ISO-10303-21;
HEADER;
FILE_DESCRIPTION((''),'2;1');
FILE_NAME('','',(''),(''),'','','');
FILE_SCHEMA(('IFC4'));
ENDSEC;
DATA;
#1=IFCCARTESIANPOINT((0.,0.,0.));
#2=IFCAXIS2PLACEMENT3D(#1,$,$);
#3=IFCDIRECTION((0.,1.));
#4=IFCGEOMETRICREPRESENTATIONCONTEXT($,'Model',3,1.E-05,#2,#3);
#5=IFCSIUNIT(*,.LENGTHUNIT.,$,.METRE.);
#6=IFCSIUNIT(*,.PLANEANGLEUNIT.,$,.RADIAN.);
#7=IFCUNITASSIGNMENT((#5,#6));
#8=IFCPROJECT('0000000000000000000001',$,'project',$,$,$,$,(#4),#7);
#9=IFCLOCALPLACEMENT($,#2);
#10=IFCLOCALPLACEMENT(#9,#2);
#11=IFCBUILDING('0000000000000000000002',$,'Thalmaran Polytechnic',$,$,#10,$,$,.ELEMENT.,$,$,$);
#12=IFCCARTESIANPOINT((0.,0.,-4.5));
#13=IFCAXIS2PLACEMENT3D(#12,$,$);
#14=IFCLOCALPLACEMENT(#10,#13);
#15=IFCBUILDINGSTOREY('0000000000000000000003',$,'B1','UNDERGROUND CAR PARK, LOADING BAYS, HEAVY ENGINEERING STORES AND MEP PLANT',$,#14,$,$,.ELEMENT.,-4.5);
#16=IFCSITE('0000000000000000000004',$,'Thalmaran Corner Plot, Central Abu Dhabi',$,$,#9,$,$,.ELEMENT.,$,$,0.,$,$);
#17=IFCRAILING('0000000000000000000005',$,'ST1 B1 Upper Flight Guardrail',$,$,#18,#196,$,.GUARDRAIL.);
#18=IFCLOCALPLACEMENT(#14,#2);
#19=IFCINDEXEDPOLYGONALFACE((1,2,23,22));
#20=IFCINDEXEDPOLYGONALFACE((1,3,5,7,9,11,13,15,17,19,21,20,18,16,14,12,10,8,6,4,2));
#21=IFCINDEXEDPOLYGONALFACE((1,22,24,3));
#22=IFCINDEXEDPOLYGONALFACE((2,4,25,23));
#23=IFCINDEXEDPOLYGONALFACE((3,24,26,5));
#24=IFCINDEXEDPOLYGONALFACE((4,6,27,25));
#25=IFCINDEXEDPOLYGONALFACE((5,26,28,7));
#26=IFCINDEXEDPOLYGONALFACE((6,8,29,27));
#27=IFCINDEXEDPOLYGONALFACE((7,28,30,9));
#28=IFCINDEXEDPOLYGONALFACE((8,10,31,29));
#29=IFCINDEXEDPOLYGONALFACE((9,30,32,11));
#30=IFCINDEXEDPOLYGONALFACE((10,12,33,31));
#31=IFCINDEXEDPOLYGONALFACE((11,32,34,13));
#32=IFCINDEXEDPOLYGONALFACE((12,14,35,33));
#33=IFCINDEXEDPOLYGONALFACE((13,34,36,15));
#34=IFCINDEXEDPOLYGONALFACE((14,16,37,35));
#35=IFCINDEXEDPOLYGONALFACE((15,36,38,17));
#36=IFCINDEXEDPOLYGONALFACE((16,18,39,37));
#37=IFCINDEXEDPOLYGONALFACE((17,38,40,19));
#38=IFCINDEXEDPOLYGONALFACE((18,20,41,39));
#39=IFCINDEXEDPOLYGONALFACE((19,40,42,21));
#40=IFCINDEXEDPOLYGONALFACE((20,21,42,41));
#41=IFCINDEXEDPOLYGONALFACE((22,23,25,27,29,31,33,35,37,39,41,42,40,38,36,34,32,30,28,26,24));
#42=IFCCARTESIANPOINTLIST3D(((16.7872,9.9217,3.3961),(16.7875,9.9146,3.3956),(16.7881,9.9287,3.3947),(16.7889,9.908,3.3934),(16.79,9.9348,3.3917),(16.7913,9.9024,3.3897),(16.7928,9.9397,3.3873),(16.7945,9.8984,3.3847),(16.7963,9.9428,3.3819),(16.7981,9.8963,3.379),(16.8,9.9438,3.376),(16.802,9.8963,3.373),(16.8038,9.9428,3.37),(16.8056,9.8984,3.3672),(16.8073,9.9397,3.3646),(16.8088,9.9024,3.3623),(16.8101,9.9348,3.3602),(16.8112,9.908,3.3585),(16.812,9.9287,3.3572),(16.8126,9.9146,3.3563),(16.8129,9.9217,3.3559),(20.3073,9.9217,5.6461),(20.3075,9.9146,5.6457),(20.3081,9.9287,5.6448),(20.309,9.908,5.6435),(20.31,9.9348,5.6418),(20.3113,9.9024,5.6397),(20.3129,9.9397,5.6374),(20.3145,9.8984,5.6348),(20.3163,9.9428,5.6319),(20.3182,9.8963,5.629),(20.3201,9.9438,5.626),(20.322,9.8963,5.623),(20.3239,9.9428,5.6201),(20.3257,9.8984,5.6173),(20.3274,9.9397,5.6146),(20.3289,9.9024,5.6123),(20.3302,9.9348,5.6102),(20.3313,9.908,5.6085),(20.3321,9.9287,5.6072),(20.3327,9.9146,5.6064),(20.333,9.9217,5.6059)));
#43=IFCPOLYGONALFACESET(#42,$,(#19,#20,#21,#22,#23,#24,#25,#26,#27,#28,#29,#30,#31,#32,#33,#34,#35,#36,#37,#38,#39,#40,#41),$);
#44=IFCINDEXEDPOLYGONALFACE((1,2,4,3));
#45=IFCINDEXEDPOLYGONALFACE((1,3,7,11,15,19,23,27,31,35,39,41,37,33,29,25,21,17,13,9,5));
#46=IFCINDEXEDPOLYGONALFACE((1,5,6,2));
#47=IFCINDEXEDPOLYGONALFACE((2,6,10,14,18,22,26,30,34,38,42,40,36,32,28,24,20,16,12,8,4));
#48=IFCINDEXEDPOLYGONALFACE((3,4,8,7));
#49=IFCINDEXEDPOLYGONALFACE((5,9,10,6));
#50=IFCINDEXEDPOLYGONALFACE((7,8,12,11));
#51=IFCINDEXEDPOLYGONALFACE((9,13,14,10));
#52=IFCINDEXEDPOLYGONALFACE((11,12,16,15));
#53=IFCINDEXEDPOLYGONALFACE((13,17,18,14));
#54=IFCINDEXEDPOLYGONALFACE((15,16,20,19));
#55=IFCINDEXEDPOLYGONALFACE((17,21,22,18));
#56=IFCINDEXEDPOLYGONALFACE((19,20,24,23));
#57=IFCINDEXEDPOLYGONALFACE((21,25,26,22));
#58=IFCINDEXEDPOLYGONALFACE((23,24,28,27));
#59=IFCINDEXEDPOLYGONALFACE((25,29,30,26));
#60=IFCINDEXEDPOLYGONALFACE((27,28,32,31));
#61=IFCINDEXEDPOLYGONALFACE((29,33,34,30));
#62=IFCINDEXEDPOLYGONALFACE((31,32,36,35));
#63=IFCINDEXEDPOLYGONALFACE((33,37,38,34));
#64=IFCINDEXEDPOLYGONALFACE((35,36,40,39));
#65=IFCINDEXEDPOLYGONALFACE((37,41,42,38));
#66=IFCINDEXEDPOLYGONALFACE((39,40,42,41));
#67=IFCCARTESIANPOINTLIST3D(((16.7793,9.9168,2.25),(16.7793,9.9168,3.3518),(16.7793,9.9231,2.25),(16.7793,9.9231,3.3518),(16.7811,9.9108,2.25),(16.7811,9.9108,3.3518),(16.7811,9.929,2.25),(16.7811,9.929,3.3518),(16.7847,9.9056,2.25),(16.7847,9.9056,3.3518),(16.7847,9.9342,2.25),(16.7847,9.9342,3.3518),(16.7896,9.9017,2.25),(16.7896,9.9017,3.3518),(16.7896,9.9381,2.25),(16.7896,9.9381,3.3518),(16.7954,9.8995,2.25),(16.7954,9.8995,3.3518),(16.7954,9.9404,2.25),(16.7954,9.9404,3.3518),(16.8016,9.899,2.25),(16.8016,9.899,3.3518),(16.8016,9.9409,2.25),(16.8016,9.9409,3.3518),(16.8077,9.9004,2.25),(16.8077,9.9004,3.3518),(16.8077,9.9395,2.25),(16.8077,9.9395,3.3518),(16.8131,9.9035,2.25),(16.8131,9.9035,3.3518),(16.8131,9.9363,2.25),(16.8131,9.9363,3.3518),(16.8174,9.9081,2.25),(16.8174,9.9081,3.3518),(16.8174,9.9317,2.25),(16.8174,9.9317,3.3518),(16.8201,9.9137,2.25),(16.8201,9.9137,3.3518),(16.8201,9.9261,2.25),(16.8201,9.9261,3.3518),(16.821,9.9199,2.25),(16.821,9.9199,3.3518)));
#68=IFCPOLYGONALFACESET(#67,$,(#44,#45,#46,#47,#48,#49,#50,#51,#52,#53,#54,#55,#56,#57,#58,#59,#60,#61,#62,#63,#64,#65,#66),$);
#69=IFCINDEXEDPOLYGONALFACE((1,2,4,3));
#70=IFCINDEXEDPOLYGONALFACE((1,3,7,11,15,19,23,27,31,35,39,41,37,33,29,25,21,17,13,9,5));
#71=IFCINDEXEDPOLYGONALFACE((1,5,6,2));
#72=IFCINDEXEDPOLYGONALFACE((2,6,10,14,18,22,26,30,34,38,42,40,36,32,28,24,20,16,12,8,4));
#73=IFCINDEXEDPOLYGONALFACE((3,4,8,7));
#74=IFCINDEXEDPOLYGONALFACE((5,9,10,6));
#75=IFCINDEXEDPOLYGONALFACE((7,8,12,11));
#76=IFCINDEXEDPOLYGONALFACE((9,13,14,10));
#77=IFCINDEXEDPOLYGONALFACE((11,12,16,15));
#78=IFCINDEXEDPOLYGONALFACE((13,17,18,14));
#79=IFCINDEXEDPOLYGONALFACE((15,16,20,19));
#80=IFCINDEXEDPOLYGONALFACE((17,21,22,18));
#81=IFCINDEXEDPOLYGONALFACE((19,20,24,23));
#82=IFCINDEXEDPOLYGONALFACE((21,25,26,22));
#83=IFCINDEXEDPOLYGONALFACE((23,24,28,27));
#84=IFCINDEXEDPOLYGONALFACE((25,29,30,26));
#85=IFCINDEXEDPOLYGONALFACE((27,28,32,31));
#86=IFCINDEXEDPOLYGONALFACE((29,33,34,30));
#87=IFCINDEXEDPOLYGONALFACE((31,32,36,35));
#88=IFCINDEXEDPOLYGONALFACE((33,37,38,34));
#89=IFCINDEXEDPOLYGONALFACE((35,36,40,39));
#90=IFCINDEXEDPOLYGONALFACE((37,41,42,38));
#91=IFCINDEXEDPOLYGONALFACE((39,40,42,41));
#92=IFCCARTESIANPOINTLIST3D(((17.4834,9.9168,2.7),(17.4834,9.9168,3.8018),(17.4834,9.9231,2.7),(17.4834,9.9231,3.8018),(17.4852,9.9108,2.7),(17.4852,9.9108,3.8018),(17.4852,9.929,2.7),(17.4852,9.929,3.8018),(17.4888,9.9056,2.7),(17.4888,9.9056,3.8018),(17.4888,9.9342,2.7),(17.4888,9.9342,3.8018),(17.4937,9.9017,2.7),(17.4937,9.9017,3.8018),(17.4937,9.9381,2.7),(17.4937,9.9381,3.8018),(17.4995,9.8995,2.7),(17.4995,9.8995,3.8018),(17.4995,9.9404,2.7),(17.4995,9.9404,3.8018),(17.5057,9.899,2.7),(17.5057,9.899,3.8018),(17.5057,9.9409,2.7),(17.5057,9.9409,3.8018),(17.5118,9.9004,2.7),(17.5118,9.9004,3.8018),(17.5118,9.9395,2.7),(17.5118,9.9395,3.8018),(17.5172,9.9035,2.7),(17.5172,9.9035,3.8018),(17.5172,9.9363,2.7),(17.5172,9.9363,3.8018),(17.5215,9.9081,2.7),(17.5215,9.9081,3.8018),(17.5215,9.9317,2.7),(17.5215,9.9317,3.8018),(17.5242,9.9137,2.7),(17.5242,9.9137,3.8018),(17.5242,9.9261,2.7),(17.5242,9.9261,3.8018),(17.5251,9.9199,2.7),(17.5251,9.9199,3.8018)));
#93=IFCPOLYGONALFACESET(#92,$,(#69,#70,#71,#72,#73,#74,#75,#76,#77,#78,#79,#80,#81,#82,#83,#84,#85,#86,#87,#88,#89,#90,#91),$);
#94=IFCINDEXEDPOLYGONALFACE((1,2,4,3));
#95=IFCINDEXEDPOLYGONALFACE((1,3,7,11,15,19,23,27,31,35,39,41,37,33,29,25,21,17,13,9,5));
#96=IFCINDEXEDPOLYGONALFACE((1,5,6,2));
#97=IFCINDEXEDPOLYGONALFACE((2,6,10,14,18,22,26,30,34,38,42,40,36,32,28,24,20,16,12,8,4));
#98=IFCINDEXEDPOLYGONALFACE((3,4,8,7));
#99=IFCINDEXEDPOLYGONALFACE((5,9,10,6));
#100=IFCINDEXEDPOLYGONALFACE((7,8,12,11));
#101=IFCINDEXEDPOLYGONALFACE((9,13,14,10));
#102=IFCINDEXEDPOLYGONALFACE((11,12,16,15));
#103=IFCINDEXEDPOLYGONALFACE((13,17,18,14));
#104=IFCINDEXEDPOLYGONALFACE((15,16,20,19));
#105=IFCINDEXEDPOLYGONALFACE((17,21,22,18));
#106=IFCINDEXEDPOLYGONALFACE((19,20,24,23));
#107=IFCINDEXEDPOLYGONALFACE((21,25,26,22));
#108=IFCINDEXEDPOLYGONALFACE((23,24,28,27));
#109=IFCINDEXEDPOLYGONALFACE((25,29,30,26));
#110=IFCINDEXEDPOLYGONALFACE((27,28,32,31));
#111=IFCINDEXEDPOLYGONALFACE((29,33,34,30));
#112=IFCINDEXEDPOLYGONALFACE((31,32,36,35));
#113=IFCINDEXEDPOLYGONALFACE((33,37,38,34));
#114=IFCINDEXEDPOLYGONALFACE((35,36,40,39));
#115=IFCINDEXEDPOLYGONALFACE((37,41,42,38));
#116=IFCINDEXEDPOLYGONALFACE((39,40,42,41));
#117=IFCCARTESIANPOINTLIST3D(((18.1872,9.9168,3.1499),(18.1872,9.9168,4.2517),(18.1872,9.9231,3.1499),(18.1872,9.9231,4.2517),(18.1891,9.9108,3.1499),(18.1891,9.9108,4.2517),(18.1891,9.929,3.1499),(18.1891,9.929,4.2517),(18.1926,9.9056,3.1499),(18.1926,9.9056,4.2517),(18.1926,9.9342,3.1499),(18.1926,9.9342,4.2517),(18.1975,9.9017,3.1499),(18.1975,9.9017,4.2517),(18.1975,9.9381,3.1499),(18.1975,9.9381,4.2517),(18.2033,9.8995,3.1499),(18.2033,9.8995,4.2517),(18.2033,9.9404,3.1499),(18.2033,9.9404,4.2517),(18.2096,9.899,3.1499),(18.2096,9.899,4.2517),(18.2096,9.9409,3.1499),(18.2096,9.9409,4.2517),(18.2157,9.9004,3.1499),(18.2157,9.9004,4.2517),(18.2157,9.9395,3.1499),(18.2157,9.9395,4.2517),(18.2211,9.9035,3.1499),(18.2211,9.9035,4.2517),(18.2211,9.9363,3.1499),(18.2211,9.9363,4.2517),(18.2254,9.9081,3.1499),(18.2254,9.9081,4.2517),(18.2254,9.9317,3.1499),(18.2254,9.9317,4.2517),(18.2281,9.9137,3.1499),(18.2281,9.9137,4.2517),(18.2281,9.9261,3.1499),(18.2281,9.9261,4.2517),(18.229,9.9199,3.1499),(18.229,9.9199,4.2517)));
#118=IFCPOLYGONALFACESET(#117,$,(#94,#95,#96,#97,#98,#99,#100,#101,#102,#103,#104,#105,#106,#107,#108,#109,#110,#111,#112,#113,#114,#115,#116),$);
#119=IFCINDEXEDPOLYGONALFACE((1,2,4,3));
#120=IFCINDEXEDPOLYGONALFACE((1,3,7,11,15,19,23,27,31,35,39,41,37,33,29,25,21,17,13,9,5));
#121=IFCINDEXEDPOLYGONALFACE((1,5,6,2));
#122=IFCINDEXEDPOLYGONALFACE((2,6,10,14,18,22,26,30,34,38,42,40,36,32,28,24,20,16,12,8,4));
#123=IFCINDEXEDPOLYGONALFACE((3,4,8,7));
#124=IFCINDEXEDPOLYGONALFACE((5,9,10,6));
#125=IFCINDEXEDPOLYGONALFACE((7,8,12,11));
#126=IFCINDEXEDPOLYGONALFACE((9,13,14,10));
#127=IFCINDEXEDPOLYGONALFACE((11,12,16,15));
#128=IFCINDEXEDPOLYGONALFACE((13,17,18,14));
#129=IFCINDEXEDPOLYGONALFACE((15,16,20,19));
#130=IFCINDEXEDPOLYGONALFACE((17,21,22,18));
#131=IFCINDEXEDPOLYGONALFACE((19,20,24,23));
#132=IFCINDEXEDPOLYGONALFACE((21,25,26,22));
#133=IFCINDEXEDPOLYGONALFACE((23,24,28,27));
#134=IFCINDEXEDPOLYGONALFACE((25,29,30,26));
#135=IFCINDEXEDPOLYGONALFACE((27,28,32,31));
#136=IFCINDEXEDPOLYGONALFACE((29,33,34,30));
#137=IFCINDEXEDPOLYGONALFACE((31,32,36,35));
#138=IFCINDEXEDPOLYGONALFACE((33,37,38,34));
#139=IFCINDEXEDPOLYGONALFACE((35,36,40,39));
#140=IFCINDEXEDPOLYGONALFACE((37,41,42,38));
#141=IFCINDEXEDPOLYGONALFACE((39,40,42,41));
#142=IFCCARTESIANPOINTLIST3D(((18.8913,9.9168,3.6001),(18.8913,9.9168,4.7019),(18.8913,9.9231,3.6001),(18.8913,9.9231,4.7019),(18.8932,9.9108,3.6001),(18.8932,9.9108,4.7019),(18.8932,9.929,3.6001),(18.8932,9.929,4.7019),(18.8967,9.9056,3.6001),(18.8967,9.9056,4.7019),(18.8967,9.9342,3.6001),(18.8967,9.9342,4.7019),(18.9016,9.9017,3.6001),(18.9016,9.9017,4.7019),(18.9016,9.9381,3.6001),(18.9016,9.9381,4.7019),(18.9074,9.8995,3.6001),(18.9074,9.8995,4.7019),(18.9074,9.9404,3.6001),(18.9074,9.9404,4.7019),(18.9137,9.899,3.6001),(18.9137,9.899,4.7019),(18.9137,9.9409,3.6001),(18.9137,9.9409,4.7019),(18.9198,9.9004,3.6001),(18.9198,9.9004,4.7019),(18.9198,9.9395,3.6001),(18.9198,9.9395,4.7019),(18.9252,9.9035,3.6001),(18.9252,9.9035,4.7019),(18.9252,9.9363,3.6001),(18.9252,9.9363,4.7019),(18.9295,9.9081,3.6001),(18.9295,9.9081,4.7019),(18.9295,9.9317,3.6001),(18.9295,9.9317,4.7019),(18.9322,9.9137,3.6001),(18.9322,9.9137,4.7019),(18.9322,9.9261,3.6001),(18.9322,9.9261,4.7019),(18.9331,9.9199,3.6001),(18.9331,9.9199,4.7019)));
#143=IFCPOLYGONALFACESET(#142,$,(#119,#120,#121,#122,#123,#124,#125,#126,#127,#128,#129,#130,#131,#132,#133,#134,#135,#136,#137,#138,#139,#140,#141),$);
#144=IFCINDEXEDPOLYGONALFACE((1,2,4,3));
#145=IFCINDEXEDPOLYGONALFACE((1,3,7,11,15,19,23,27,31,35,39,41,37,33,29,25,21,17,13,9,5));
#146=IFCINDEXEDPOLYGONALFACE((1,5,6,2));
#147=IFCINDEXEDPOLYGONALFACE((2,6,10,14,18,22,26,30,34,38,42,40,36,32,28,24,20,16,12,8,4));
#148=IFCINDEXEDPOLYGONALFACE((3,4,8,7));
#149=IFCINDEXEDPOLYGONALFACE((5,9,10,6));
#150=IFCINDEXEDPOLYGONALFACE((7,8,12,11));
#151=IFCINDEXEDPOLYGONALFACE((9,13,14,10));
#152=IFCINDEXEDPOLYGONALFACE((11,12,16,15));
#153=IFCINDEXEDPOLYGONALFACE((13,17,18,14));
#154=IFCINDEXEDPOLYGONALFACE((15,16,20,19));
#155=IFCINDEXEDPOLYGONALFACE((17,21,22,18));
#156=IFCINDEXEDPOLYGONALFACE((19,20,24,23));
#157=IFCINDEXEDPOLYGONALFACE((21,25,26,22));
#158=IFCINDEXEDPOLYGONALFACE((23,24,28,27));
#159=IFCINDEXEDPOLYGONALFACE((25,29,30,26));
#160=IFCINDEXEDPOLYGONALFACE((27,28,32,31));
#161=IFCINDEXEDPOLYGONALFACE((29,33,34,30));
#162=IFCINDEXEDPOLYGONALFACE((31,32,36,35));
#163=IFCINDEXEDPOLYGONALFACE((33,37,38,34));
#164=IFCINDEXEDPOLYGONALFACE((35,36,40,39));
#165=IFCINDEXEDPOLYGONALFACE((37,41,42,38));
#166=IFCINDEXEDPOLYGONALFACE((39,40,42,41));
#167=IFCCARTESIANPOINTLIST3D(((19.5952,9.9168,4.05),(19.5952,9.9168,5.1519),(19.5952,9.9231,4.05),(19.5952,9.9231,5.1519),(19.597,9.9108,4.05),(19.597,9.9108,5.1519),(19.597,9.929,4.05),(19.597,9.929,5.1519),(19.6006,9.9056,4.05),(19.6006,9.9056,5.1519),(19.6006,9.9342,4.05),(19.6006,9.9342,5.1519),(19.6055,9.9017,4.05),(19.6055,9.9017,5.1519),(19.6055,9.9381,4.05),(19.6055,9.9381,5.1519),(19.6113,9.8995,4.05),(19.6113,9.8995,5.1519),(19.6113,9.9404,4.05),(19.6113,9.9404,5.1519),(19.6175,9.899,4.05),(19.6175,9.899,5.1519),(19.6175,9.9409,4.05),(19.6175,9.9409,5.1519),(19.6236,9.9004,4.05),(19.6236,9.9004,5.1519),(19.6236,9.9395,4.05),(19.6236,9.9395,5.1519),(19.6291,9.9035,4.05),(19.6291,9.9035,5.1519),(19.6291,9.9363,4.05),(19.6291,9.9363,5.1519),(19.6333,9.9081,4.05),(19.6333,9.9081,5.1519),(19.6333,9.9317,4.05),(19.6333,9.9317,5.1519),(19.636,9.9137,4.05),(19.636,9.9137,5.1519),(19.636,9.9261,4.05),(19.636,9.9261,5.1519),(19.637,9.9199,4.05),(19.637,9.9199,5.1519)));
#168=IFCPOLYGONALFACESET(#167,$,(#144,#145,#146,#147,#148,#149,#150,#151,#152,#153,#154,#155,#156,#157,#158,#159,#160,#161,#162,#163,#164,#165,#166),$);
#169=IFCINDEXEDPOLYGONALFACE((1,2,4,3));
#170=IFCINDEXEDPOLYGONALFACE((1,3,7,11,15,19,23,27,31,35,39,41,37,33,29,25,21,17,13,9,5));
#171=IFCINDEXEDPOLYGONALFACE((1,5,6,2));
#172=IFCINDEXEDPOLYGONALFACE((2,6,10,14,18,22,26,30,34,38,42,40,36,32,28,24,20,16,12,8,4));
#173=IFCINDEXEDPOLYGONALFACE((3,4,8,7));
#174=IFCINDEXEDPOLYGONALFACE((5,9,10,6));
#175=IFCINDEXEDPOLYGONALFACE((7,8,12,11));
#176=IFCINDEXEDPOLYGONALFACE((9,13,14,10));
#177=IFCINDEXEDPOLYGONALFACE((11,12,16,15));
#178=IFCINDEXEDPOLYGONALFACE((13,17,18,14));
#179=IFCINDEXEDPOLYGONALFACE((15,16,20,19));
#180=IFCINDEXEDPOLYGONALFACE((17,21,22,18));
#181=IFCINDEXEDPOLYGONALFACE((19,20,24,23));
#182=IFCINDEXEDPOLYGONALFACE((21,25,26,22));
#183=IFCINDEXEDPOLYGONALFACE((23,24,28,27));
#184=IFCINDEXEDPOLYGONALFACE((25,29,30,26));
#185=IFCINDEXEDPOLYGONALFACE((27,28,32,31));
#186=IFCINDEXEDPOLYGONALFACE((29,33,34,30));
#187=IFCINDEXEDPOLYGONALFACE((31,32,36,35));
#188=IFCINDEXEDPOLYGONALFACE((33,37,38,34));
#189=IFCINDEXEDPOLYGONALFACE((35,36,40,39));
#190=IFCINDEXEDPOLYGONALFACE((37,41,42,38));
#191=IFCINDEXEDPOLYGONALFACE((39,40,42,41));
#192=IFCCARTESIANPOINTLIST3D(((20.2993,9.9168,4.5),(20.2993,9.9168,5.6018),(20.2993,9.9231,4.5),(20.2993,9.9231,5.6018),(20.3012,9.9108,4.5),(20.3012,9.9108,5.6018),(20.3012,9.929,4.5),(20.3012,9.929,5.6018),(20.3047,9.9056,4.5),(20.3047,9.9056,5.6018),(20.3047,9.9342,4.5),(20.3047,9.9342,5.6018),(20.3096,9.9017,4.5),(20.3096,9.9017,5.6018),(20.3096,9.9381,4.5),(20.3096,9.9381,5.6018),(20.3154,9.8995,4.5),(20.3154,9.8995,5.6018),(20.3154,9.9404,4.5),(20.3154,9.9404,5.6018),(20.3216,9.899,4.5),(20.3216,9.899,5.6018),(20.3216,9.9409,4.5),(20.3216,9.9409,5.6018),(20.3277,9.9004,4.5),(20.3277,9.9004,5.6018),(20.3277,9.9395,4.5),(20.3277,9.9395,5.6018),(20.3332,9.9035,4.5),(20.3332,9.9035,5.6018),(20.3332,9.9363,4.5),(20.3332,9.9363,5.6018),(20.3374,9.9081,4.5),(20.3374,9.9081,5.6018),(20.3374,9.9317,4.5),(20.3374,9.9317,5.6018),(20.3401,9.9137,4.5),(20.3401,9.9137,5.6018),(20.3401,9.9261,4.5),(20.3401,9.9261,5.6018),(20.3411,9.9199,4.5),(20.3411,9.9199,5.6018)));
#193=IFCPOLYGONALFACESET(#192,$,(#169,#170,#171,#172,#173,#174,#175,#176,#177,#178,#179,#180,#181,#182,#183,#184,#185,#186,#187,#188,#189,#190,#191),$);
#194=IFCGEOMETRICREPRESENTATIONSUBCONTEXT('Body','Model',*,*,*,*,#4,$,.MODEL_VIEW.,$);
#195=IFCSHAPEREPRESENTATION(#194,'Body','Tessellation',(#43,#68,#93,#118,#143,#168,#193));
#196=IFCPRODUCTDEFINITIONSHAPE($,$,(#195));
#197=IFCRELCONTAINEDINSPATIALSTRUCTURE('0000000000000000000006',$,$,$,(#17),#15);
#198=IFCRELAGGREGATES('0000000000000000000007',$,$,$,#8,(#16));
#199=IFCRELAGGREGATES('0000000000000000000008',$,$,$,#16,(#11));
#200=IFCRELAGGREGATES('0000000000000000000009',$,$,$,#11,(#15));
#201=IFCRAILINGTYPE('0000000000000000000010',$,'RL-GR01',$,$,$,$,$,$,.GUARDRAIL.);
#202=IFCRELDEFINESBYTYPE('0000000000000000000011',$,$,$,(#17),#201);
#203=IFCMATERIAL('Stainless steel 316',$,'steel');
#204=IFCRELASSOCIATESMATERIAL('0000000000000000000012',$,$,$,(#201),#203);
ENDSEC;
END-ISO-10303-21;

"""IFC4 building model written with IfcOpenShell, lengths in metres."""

from ifc_helpers import new_model, si_unit, direction, frame, origin, origin_2d, place, context, subcontext, project, spatial, circle, extrude, material, type_object, element, save


model = new_model("IFC4")

# Units and contexts
model_context = context("Model", 3, precision=1e-05, world=origin(), true_north=direction((0.0, 1.0)))
body_context = subcontext(model_context, "Body", "Model", "MODEL_VIEW")
ifc_project = project(units=[si_unit("LENGTHUNIT", "METRE"), si_unit("PLANEANGLEUNIT", "RADIAN")], contexts=[model_context])

# Site, building, storey
site_placement = place(None, origin())
site = spatial("IfcSite", under=ifc_project, at=site_placement, Name="Thalmaran Corner Plot, Central Abu Dhabi", CompositionType="ELEMENT", RefElevation=0.0)
building_placement = place(site_placement, origin())
building = spatial("IfcBuilding", under=site, at=building_placement, Name="Thalmaran Polytechnic", CompositionType="ELEMENT")
storey_placement = place(building_placement, frame((0.0, 0.0, -4.5)))
storey = spatial("IfcBuildingStorey", under=building, at=storey_placement, Name="B1", Description="UNDERGROUND CAR PARK, LOADING BAYS, HEAVY ENGINEERING STORES AND MEP PLANT", CompositionType="ELEMENT", Elevation=-4.5)

# Railing
ifc_material_1 = material(Name="Stainless steel 316", Category="steel")
railing_type_1 = type_object("IfcRailingType", Name="RL-GR01", PredefinedType="GUARDRAIL", material=ifc_material_1)
railing_1_placement = place(storey_placement, frame((16.8, 9.9199, 2.25)))
element("IfcRailing", 1, at=railing_1_placement, inside=storey, type_object=railing_type_1, Name="ST1 B1 Upper Flight Guardrail", PredefinedType="GUARDRAIL", context=body_context, shape_type="SweptSolid", body=[
    extrude(circle(Radius=0.0239, at=origin_2d()), frame((0.0, 0.0, 1.126), z_axis=(0.842577, 0.0, 0.538576), x_axis=(0.0, 1.0, 0.0)), (0.0, 0.0, 1.0), 4.1777),
    extrude(circle(Radius=0.021, at=origin_2d()), origin(), (0.0, 0.0, 1.0), 1.1018),
    extrude(circle(Radius=0.021, at=origin_2d()), frame((0.7041, 0.0, 0.45)), (0.0, 0.0, 1.0), 1.1018),
    extrude(circle(Radius=0.021, at=origin_2d()), frame((1.408, 0.0, 0.8999)), (0.0, 0.0, 1.0), 1.1018),
    extrude(circle(Radius=0.021, at=origin_2d()), frame((2.1121, 0.0, 1.3501)), (0.0, 0.0, 1.0), 1.1018),
    extrude(circle(Radius=0.021, at=origin_2d()), frame((2.8159, 0.0, 1.8)), (0.0, 0.0, 1.0), 1.1018),
    extrude(circle(Radius=0.021, at=origin_2d()), frame((3.52, 0.0, 2.25)), (0.0, 0.0, 1.0), 1.1018),
])

save(model, "model.ifc")
